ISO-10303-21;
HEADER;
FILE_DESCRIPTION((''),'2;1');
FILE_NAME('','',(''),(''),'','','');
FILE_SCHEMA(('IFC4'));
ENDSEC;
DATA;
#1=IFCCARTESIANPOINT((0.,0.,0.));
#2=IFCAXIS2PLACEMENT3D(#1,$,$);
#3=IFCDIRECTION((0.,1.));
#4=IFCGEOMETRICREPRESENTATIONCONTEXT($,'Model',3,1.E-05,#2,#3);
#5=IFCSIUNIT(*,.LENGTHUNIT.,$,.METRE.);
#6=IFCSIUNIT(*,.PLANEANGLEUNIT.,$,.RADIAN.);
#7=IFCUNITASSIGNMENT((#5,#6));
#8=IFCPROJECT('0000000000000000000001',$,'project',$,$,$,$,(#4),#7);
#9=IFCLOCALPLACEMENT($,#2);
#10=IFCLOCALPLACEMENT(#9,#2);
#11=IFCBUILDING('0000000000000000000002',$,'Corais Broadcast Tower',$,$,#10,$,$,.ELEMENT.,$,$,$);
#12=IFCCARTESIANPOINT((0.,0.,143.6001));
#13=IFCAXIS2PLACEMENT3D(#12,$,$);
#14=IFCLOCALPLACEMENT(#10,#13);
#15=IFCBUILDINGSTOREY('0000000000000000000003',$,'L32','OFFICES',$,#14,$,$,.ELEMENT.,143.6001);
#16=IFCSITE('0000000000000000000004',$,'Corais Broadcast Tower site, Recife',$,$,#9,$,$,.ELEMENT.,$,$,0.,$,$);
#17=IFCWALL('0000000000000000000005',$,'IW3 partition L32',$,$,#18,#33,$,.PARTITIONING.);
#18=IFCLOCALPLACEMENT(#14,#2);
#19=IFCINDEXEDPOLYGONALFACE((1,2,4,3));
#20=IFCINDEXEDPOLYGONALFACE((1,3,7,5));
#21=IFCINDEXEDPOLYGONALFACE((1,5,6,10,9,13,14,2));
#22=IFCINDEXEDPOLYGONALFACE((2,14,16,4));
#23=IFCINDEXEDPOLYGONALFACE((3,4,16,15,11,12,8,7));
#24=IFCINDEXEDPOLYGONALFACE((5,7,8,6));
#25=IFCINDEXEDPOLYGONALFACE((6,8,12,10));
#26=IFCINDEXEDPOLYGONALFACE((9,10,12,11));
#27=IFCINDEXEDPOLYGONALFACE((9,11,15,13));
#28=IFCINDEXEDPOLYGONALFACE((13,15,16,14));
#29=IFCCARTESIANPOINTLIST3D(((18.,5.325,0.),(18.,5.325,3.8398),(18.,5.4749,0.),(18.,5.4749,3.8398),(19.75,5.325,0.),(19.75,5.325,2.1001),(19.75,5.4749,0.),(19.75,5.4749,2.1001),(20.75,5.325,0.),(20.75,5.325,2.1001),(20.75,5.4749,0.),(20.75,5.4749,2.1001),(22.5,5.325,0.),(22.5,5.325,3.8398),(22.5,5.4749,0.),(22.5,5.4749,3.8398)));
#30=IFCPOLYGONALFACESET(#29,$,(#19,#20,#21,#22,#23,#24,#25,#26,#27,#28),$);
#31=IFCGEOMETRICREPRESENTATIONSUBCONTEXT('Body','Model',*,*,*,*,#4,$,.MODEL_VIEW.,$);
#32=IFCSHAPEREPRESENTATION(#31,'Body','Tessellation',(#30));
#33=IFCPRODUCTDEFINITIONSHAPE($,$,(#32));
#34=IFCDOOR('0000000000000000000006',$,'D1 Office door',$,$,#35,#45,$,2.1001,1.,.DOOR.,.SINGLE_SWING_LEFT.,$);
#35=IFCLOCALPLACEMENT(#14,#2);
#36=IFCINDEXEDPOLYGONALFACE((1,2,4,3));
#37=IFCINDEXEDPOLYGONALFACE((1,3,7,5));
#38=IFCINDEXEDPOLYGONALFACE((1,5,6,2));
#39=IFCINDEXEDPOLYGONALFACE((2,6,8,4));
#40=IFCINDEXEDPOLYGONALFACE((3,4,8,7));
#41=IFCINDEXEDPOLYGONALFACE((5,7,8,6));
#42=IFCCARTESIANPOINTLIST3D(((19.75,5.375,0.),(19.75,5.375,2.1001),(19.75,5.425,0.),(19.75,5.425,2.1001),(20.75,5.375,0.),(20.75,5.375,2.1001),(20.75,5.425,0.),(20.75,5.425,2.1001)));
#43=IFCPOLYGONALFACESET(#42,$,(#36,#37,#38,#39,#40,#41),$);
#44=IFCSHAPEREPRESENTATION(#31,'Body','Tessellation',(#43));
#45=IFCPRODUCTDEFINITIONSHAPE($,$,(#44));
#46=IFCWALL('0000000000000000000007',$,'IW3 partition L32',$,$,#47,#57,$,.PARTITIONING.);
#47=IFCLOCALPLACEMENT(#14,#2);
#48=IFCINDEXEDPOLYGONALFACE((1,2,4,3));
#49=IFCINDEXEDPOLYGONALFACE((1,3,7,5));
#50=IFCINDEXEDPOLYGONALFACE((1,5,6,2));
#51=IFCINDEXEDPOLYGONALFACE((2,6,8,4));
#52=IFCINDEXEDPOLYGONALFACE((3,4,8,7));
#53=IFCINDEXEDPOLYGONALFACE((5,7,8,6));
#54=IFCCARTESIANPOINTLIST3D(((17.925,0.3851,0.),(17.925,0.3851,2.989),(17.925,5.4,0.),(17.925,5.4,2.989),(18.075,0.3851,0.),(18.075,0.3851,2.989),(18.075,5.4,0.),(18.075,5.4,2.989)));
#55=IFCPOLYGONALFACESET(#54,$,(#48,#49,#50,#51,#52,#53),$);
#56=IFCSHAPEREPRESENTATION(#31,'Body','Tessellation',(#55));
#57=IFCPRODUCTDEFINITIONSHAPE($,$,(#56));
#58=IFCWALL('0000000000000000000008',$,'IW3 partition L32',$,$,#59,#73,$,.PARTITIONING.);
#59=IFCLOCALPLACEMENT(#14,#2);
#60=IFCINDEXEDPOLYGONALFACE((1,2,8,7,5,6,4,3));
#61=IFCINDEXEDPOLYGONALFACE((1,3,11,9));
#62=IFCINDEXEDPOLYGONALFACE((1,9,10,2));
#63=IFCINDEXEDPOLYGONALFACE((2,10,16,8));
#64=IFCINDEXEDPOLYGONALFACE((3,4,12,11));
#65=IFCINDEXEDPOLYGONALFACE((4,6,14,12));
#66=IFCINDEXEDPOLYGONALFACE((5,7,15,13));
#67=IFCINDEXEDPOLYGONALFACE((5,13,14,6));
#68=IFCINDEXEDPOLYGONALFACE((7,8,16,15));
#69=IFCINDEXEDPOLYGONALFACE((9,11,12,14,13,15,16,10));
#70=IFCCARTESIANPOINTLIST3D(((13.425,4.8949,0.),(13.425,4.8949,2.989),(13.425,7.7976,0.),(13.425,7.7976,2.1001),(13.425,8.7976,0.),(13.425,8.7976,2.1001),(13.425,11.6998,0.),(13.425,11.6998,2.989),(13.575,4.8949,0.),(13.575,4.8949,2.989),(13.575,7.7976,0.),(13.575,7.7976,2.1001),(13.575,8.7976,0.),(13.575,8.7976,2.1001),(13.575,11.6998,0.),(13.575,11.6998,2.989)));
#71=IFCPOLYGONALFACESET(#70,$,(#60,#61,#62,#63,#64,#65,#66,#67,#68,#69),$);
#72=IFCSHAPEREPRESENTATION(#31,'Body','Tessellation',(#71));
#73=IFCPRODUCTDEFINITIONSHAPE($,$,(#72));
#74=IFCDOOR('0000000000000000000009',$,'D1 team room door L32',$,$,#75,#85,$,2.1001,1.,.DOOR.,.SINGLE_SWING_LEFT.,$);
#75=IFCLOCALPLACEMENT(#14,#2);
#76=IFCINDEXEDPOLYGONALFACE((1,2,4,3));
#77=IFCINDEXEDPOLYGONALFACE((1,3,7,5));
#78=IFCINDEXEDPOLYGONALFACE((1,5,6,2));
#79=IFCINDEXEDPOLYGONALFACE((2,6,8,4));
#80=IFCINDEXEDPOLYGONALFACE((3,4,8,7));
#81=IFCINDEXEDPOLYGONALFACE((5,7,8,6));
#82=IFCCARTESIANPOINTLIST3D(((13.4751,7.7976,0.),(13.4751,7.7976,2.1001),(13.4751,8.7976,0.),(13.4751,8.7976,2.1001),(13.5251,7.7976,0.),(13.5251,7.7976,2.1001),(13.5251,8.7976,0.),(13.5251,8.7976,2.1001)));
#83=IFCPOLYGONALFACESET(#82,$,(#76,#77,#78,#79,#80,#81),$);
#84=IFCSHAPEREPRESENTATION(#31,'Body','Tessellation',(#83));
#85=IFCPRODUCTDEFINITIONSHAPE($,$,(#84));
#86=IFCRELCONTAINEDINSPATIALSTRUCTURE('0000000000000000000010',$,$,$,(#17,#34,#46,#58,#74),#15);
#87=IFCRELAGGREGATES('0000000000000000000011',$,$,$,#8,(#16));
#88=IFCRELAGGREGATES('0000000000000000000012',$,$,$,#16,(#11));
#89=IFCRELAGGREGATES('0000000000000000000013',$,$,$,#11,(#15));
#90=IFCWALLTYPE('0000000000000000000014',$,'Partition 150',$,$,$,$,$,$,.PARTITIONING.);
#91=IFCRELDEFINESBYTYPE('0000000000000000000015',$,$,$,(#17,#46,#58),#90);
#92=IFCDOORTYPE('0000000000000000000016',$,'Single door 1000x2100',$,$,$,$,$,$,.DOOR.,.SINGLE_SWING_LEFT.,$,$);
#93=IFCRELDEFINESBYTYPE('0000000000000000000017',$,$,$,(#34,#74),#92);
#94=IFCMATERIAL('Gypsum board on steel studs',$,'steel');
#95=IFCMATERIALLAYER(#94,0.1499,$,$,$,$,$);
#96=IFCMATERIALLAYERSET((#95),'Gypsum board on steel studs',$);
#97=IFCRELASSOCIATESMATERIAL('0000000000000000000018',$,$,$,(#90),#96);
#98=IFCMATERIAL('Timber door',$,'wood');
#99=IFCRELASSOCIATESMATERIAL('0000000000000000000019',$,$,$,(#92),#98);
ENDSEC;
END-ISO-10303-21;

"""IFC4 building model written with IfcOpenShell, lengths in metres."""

from ifc_helpers import new_model, si_unit, direction, frame, frame_2d, origin, place, context, subcontext, project, spatial, rectangle, extrude, material, layer, layer_set, type_object, element, fill, save


model = new_model("IFC4")

# Units and contexts
model_context = context("Model", 3, precision=1e-05, world=origin(), true_north=direction((0.0, 1.0)))
body_context = subcontext(model_context, "Body", "Model", "MODEL_VIEW")
ifc_project = project(units=[si_unit("LENGTHUNIT", "METRE"), si_unit("PLANEANGLEUNIT", "RADIAN")], contexts=[model_context])

# Site, building, storey
site_placement = place(None, origin())
site = spatial("IfcSite", under=ifc_project, at=site_placement, Name="Corais Broadcast Tower site, Recife", CompositionType="ELEMENT", RefElevation=0.0)
building_placement = place(site_placement, origin())
building = spatial("IfcBuilding", under=site, at=building_placement, Name="Corais Broadcast Tower", CompositionType="ELEMENT")
storey_placement = place(building_placement, frame((0.0, 0.0, 143.6001)))
storey = spatial("IfcBuildingStorey", under=building, at=storey_placement, Name="L32", Description="OFFICES", CompositionType="ELEMENT", Elevation=143.6001)

# Shared definitions
ifc_material_1 = material(Name="Gypsum board on steel studs", Category="steel")
ifc_layer_1 = layer(ifc_material_1, 0.1499)
ifc_layer_set_1 = layer_set([ifc_layer_1], Name="Gypsum board on steel studs")
wall_type = type_object("IfcWallType", Name="Partition 150", PredefinedType="PARTITIONING", material=ifc_layer_set_1)

# Wall, opening, door
wall_1_placement = place(storey_placement, frame((22.5, 5.3999, 0.0), z_axis=(0.0, 0.0, 1.0), x_axis=(-1.0, 0.0, 0.0)))
wall_1 = element("IfcWall", 1, at=wall_1_placement, inside=storey, type_object=wall_type, Name="IW3 partition L32", PredefinedType="PARTITIONING", context=body_context, shape_type="SweptSolid", body=[
    extrude(rectangle(XDim=4.5, YDim=0.1499, at=frame_2d((2.25, 0.0))), origin(), (0.0, 0.0, 1.0), 3.8398),
])
opening_1_placement = place(wall_1_placement, frame((1.75, 0.0, 0.0)))
opening_1 = element("IfcOpeningElement", 2, at=opening_1_placement, cuts=wall_1, PredefinedType="OPENING", context=body_context, shape_type="SweptSolid", body=[
    extrude(rectangle(XDim=1.0, YDim=2.1001, at=frame_2d((0.5, 1.05))), frame((0.0, 0.085, 0.0), z_axis=(0.0, -1.0, 0.0), x_axis=(1.0, 0.0, 0.0)), (0.0, 0.0, 1.0), 0.1699),
])
ifc_material_2 = material(Name="Timber door", Category="wood")
door_type = type_object("IfcDoorType", Name="Single door 1000x2100", OperationType="SINGLE_SWING_LEFT", PredefinedType="DOOR", material=ifc_material_2)
door_1_placement = place(opening_1_placement, origin())
door_1 = element("IfcDoor", 3, at=door_1_placement, inside=storey, type_object=door_type, Name="D1 Office door", OperationType="SINGLE_SWING_LEFT", OverallHeight=2.1001, OverallWidth=1.0, PredefinedType="DOOR", context=body_context, shape_type="SweptSolid", body=[
    extrude(rectangle(XDim=1.0, YDim=2.1001, at=frame_2d((0.5, 1.05))), frame((0.0, 0.0249, 0.0), z_axis=(0.0, -1.0, 0.0), x_axis=(1.0, 0.0, 0.0)), (0.0, 0.0, 1.0), 0.05),
])
fill(opening_1, door_1)

# Wall
wall_2_placement = place(storey_placement, frame((18.0, 5.3999, 0.0), z_axis=(0.0, 0.0, 1.0), x_axis=(0.0, -1.0, 0.0)))
element("IfcWall", 4, at=wall_2_placement, inside=storey, type_object=wall_type, Name="IW3 partition L32", PredefinedType="PARTITIONING", context=body_context, shape_type="SweptSolid", body=[
    extrude(rectangle(XDim=5.0149, YDim=0.1499, at=frame_2d((2.5073, 0.0))), origin(), (0.0, 0.0, 1.0), 2.989),
])

# Wall, opening, door
wall_3_placement = place(storey_placement, frame((13.5, 4.895, 0.0), z_axis=(0.0, 0.0, 1.0), x_axis=(0.0, 1.0, 0.0)))
wall_3 = element("IfcWall", 5, at=wall_3_placement, inside=storey, type_object=wall_type, Name="IW3 partition L32", PredefinedType="PARTITIONING", context=body_context, shape_type="SweptSolid", body=[
    extrude(rectangle(XDim=6.8049, YDim=0.1499, at=frame_2d((3.4023, 0.0))), origin(), (0.0, 0.0, 1.0), 2.989),
])
opening_2_placement = place(wall_3_placement, frame((2.9026, 0.0, 0.0)))
opening_2 = element("IfcOpeningElement", 6, at=opening_2_placement, cuts=wall_3, PredefinedType="OPENING", context=body_context, shape_type="SweptSolid", body=[
    extrude(rectangle(XDim=1.0, YDim=2.1001, at=frame_2d((0.5, 1.05))), frame((0.0, 0.085, 0.0), z_axis=(0.0, -1.0, 0.0), x_axis=(1.0, 0.0, 0.0)), (0.0, 0.0, 1.0), 0.1699),
])
door_2_placement = place(opening_2_placement, origin())
door_2 = element("IfcDoor", 7, at=door_2_placement, inside=storey, type_object=door_type, Name="D1 team room door L32", OperationType="SINGLE_SWING_LEFT", OverallHeight=2.1001, OverallWidth=1.0, PredefinedType="DOOR", context=body_context, shape_type="SweptSolid", body=[
    extrude(rectangle(XDim=1.0, YDim=2.1001, at=frame_2d((0.5, 1.05))), frame((0.0, 0.0249, 0.0), z_axis=(0.0, -1.0, 0.0), x_axis=(1.0, 0.0, 0.0)), (0.0, 0.0, 1.0), 0.05),
])
fill(opening_2, door_2)

save(model, "model.ifc")
